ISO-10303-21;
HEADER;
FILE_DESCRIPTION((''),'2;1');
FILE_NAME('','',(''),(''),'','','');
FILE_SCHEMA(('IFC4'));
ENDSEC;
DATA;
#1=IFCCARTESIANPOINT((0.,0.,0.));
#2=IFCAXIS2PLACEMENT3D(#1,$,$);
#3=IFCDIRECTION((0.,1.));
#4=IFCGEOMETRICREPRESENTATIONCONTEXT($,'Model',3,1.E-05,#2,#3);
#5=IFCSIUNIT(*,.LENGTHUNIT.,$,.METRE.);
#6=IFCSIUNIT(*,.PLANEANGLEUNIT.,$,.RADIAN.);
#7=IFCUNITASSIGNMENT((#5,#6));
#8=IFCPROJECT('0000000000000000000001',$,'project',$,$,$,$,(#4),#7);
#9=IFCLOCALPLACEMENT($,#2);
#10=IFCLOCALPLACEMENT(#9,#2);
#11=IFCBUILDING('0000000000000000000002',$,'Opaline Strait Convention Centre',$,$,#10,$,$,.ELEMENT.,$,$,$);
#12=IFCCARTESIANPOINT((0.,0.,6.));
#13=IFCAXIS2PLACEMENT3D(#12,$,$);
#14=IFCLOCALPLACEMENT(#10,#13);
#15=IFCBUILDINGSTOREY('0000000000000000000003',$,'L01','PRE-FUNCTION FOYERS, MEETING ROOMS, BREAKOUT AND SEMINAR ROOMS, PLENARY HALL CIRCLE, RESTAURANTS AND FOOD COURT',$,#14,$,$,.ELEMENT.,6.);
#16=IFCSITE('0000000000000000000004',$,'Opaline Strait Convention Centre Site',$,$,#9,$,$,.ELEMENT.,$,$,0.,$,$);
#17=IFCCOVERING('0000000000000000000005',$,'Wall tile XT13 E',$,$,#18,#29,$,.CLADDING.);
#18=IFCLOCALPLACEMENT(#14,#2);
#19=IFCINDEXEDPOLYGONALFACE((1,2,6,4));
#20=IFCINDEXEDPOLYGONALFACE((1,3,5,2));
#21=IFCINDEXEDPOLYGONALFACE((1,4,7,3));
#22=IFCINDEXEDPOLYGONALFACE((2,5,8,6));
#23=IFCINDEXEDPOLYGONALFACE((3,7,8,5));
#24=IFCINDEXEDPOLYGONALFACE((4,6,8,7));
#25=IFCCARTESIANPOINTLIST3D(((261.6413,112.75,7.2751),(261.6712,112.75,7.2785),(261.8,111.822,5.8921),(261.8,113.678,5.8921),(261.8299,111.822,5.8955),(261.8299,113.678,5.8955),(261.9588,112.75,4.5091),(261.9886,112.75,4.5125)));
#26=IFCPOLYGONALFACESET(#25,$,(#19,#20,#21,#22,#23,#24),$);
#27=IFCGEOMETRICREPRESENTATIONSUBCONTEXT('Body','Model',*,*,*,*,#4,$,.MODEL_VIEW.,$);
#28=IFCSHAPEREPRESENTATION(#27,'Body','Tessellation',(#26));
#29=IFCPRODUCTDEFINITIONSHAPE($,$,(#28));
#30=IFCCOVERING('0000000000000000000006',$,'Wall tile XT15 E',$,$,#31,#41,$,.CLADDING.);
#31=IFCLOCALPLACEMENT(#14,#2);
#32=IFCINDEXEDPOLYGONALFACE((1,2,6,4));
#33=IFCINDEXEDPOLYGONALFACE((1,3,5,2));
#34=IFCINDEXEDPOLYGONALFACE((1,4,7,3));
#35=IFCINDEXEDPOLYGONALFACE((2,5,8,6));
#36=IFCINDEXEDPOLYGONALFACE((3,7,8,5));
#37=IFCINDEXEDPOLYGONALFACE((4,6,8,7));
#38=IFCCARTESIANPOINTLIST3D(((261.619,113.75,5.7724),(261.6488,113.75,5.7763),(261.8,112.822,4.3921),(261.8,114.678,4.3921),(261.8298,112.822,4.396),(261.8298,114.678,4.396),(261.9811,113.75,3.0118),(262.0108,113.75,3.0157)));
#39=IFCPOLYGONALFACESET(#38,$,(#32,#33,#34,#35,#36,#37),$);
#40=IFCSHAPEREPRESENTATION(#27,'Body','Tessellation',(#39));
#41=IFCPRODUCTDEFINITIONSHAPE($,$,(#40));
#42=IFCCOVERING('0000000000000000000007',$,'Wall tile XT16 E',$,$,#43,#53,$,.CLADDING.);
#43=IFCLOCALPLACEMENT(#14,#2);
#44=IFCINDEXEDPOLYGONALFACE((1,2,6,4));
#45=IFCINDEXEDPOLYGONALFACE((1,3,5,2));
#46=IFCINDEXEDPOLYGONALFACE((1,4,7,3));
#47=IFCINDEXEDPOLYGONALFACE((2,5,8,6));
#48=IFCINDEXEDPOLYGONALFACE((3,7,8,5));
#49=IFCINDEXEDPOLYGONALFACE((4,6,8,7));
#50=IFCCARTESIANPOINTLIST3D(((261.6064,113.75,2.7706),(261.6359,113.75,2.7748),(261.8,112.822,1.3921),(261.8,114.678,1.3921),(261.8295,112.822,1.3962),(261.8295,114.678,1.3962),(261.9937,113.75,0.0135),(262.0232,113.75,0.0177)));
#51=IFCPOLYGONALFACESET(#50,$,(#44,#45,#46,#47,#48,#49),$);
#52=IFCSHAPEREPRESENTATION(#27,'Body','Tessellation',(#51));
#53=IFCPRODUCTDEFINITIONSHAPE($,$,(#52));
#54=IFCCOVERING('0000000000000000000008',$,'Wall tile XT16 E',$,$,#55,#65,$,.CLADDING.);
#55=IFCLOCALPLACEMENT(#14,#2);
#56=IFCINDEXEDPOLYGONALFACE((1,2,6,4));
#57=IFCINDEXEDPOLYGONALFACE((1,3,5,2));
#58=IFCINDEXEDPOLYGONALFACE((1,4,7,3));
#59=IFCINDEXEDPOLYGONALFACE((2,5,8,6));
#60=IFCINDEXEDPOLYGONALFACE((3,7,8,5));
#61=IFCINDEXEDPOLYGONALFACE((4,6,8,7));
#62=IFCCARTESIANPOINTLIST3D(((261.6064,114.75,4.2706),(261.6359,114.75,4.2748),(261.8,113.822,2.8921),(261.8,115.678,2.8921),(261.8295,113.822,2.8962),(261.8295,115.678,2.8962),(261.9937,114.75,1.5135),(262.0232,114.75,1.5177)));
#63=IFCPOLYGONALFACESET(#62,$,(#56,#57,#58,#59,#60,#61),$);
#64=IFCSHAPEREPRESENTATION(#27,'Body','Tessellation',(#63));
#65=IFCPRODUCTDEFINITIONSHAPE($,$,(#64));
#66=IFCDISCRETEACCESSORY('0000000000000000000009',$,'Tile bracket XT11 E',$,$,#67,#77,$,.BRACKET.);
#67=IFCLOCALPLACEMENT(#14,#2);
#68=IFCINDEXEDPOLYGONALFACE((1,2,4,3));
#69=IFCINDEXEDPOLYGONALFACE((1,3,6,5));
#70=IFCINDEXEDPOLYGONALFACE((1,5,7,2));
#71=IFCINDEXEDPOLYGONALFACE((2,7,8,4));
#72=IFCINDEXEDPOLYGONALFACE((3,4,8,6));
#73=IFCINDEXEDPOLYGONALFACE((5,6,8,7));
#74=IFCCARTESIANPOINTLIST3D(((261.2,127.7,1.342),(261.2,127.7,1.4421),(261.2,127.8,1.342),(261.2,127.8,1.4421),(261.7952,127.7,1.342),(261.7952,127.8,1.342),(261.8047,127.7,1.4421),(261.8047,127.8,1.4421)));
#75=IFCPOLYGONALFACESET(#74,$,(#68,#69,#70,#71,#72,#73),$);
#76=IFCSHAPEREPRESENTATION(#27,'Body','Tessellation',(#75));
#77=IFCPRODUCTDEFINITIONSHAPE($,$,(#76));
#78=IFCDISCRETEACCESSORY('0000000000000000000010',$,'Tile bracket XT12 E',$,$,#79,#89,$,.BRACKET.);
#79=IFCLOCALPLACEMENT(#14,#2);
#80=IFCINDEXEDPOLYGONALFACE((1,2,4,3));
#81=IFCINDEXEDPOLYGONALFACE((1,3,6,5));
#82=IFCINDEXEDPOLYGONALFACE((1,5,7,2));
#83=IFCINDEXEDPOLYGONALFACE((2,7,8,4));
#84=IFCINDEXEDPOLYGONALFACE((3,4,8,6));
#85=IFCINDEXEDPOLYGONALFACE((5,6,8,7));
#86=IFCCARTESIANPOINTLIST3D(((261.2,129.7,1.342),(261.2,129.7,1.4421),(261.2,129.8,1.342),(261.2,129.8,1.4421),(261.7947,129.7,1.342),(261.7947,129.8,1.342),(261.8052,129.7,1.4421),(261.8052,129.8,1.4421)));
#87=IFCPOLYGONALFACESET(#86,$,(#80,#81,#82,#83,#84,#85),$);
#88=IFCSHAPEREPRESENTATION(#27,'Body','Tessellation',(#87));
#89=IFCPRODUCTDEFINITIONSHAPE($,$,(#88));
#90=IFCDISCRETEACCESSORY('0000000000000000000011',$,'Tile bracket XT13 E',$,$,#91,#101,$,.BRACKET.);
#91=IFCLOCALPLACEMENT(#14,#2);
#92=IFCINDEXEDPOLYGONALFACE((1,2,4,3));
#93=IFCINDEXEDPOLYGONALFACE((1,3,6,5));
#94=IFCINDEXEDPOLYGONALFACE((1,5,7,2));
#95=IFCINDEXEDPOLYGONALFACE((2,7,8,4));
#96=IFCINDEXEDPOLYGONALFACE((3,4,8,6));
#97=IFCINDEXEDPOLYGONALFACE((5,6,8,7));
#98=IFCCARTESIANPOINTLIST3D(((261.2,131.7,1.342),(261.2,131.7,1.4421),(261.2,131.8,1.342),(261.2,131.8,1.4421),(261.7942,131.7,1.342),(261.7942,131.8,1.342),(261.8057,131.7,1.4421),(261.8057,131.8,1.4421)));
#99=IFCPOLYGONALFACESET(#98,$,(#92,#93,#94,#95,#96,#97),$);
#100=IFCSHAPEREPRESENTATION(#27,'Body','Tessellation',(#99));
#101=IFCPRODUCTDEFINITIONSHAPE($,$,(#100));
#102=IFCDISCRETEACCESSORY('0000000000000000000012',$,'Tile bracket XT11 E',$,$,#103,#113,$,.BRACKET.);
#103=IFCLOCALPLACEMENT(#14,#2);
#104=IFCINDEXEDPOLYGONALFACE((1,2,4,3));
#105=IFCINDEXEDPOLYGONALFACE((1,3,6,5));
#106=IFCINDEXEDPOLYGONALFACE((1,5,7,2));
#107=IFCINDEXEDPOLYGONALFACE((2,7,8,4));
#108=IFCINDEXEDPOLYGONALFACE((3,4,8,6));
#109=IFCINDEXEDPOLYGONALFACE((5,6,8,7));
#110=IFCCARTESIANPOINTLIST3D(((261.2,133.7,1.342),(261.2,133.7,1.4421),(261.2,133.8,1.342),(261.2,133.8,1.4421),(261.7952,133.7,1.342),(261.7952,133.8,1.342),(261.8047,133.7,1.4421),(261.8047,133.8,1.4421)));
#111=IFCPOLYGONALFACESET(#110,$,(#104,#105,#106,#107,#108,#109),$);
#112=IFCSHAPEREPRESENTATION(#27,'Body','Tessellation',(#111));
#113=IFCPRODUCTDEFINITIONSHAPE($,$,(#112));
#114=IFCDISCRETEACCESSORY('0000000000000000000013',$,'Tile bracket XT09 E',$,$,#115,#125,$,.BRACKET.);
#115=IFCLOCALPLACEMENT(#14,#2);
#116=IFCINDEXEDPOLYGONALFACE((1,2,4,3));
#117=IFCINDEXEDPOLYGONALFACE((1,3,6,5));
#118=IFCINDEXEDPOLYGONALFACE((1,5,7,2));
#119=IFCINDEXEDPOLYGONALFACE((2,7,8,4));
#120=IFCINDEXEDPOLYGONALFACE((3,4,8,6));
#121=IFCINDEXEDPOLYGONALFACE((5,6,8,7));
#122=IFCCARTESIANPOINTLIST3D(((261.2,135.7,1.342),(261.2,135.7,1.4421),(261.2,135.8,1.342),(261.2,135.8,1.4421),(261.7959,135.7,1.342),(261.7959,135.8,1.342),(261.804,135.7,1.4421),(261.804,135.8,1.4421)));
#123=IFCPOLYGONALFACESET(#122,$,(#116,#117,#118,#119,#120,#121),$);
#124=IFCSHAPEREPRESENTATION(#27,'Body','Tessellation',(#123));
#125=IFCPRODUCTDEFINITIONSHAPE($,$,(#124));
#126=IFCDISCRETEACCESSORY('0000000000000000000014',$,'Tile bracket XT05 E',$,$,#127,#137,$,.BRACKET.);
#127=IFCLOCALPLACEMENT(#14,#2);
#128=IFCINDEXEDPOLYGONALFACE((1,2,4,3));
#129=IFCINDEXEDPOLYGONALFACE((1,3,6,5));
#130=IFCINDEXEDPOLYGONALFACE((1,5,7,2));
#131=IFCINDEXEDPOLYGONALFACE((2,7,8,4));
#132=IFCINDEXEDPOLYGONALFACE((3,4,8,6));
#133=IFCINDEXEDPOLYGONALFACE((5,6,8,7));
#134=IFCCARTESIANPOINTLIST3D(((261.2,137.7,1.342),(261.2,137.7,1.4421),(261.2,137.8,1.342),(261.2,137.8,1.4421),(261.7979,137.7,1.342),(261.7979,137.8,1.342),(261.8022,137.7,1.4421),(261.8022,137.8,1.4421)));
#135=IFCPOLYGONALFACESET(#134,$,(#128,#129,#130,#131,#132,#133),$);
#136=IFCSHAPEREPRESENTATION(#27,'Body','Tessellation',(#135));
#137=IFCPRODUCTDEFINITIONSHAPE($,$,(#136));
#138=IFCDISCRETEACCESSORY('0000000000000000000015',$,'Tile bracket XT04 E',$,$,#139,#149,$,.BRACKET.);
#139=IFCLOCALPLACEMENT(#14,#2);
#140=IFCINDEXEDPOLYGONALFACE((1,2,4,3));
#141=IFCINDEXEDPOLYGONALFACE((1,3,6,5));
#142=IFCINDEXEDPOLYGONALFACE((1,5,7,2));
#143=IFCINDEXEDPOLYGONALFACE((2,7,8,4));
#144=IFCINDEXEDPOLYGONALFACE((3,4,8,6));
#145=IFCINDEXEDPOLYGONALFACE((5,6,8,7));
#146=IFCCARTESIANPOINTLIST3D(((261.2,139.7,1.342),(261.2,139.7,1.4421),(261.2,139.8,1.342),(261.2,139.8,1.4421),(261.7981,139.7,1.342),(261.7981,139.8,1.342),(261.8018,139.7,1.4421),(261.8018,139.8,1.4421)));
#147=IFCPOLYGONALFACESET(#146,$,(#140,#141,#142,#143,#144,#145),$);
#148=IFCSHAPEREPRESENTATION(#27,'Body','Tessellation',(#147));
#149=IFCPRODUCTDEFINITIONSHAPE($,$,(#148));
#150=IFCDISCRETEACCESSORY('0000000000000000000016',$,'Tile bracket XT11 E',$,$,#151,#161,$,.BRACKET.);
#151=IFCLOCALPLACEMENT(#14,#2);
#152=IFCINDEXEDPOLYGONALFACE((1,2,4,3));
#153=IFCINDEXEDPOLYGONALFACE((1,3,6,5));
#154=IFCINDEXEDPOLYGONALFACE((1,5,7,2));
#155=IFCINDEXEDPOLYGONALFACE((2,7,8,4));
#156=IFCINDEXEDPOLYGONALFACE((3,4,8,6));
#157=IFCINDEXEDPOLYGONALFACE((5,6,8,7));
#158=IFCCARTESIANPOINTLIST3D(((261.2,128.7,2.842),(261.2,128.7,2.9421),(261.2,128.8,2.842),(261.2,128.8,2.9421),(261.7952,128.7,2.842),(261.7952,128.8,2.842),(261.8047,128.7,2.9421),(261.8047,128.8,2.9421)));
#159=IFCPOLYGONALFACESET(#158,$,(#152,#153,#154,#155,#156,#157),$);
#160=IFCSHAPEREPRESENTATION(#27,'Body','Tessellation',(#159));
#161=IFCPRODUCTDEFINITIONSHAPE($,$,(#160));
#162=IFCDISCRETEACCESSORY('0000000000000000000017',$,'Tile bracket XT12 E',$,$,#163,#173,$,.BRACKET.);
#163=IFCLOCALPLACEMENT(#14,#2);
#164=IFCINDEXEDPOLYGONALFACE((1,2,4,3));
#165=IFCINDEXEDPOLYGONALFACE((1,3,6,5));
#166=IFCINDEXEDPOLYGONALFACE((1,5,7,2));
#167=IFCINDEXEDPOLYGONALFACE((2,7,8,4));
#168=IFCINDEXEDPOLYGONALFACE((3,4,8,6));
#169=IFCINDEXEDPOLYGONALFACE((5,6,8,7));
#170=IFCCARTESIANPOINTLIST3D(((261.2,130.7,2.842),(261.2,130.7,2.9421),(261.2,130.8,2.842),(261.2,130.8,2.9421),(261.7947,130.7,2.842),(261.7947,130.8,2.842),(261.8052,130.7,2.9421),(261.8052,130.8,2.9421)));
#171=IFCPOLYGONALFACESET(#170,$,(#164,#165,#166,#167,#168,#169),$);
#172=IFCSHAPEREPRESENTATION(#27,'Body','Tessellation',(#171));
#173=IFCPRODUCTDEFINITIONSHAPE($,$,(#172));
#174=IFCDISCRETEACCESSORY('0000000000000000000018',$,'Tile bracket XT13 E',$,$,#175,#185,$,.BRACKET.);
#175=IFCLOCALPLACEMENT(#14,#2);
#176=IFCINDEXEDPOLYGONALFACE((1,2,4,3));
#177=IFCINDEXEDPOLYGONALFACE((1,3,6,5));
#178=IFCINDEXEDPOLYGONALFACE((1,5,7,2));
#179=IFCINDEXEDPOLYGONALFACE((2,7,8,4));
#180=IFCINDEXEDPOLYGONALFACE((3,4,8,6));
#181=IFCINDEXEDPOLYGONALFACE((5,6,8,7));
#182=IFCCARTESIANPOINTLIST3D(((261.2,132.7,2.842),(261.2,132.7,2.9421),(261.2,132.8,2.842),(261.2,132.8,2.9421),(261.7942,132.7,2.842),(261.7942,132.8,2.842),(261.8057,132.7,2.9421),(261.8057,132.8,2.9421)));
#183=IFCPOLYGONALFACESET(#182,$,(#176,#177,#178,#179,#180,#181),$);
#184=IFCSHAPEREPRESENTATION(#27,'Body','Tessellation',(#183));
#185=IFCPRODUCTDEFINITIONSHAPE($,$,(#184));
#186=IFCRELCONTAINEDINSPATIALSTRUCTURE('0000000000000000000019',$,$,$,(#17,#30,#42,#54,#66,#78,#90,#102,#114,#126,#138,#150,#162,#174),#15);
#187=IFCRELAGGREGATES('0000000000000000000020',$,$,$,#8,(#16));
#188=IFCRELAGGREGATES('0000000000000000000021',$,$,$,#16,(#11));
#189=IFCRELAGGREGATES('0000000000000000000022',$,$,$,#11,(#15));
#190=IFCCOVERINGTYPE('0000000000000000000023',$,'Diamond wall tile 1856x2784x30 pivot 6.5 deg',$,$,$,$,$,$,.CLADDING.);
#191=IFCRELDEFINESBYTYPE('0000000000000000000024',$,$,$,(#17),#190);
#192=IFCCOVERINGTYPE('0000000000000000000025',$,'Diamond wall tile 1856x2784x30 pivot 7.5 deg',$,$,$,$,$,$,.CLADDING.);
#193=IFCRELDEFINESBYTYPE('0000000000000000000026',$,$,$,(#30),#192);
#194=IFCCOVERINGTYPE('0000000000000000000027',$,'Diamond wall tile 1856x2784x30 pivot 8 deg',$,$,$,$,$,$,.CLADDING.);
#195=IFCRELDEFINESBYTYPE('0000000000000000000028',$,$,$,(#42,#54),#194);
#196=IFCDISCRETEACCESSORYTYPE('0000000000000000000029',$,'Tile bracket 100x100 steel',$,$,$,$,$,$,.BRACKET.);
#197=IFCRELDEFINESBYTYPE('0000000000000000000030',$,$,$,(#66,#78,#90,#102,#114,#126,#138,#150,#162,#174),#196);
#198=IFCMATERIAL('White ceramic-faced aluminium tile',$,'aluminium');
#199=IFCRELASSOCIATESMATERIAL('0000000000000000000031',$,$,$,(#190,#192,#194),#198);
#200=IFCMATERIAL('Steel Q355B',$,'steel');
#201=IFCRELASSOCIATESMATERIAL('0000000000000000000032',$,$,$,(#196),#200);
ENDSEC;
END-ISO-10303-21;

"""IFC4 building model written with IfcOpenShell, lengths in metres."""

from ifc_helpers import new_model, si_unit, direction, frame, origin, place, context, subcontext, project, spatial, polyline, outline, extrude, material, material_profile, profile_set, type_object, element, save


model = new_model("IFC4")

# Units and contexts
model_context = context("Model", 3, precision=1e-05, world=origin(), true_north=direction((0.0, 1.0)))
body_context = subcontext(model_context, "Body", "Model", "MODEL_VIEW")
ifc_project = project(units=[si_unit("LENGTHUNIT", "METRE"), si_unit("PLANEANGLEUNIT", "RADIAN")], contexts=[model_context])

# Site, building, storey
site_placement = place(None, origin())
site = spatial("IfcSite", under=ifc_project, at=site_placement, Name="Opaline Strait Convention Centre Site", CompositionType="ELEMENT", RefElevation=0.0)
building_placement = place(site_placement, origin())
building = spatial("IfcBuilding", under=site, at=building_placement, Name="Opaline Strait Convention Centre", CompositionType="ELEMENT")
storey_placement = place(building_placement, frame((0.0, 0.0, 6.0)))
storey = spatial("IfcBuildingStorey", under=building, at=storey_placement, Name="L01", Description="PRE-FUNCTION FOYERS, MEETING ROOMS, BREAKOUT AND SEMINAR ROOMS, PLENARY HALL CIRCLE, RESTAURANTS AND FOOD COURT", CompositionType="ELEMENT", Elevation=6.0)

# Coverings
ifc_material_1 = material(Name="White ceramic-faced aluminium tile", Category="aluminium")
ifc_material_profile_1 = material_profile(ifc_material_1, outline(polyline([(0.928, 0.0), (0.0, 1.3921), (-0.928, 0.0), (0.0, -1.3921), (0.928, 0.0)])), Name="Diamond tile 1856x2784")
ifc_profile_set_1 = profile_set([ifc_material_profile_1], Name="White ceramic-faced aluminium tile")
covering_type_1 = type_object("IfcCoveringType", Name="Diamond wall tile 1856x2784x30 pivot 6.5 deg", PredefinedType="CLADDING", material=ifc_profile_set_1)
covering_1_placement = place(storey_placement, frame((261.8, 112.75, 5.8921), z_axis=(0.99348, 0.0, 0.114006), x_axis=(0.0, 1.0, 0.0)))
element("IfcCovering", 1, at=covering_1_placement, inside=storey, type_object=covering_type_1, Name="Wall tile XT13 E", PredefinedType="CLADDING", context=body_context, shape_type="SweptSolid", body=[
    extrude(outline(polyline([(0.928, 0.0), (0.0, 1.3921), (-0.928, 0.0), (0.0, -1.3921), (0.928, 0.0)])), origin(), (0.0, 0.0, 1.0), 0.03),
])
ifc_material_profile_2 = material_profile(ifc_material_1, outline(polyline([(0.928, 0.0), (0.0, 1.3921), (-0.928, 0.0), (0.0, -1.3921), (0.928, 0.0)])), Name="Diamond tile 1856x2784")
ifc_profile_set_2 = profile_set([ifc_material_profile_2], Name="White ceramic-faced aluminium tile")
covering_type_2 = type_object("IfcCoveringType", Name="Diamond wall tile 1856x2784x30 pivot 7.5 deg", PredefinedType="CLADDING", material=ifc_profile_set_2)
covering_2_placement = place(storey_placement, frame((261.8, 113.75, 4.3921), z_axis=(0.99151, 0.0, 0.130034), x_axis=(0.0, 1.0, 0.0)))
element("IfcCovering", 2, at=covering_2_placement, inside=storey, type_object=covering_type_2, Name="Wall tile XT15 E", PredefinedType="CLADDING", context=body_context, shape_type="SweptSolid", body=[
    extrude(outline(polyline([(0.928, 0.0), (0.0, 1.3921), (-0.928, 0.0), (0.0, -1.3921), (0.928, 0.0)])), origin(), (0.0, 0.0, 1.0), 0.03),
])
ifc_material_profile_3 = material_profile(ifc_material_1, outline(polyline([(0.928, 0.0), (0.0, 1.3921), (-0.928, 0.0), (0.0, -1.3921), (0.928, 0.0)])), Name="Diamond tile 1856x2784")
ifc_profile_set_3 = profile_set([ifc_material_profile_3], Name="White ceramic-faced aluminium tile")
covering_type_3 = type_object("IfcCoveringType", Name="Diamond wall tile 1856x2784x30 pivot 8 deg", PredefinedType="CLADDING", material=ifc_profile_set_3)
for number, where, z_axis, x_axis, name in (
    (3, (261.8, 113.75, 1.3921), (0.990274, 0.0, 0.139129), (0.0, 1.0, 0.0), "Wall tile XT16 E"),
    (4, (261.8, 114.75, 2.8921), (0.990274, 0.0, 0.139129), (0.0, 1.0, 0.0), "Wall tile XT16 E"),
):
    element("IfcCovering", number, at=place(storey_placement, frame(where, z_axis=z_axis, x_axis=x_axis)), inside=storey, type_object=covering_type_3, Name=name, PredefinedType="CLADDING", context=body_context, shape_type="SweptSolid", body=[
        extrude(outline(polyline([(0.928, 0.0), (0.0, 1.3921), (-0.928, 0.0), (0.0, -1.3921), (0.928, 0.0)])), origin(), (0.0, 0.0, 1.0), 0.0298),
    ])

# Discrete accessories
ifc_material_2 = material(Name="Steel Q355B", Category="steel")
discrete_accessory_type = type_object("IfcDiscreteAccessoryType", Name="Tile bracket 100x100 steel", PredefinedType="BRACKET", material=ifc_material_2)
discrete_accessory_1_placement = place(storey_placement, frame((261.2, 127.7, 1.3921), z_axis=(0.0, 1.0, 0.0), x_axis=(-1.0, 0.0, 0.0)))
element("IfcDiscreteAccessory", 5, at=discrete_accessory_1_placement, inside=storey, type_object=discrete_accessory_type, Name="Tile bracket XT11 E", PredefinedType="BRACKET", context=body_context, shape_type="SweptSolid", body=[
    extrude(outline(polyline([(0.0, -0.05), (0.0, 0.05), (-0.6047, 0.05), (-0.5952, -0.05), (0.0, -0.05)])), origin(), (0.0, 0.0, 1.0), 0.1001),
])
discrete_accessory_2_placement = place(storey_placement, frame((261.2, 129.7, 1.3921), z_axis=(0.0, 1.0, 0.0), x_axis=(-1.0, 0.0, 0.0)))
element("IfcDiscreteAccessory", 6, at=discrete_accessory_2_placement, inside=storey, type_object=discrete_accessory_type, Name="Tile bracket XT12 E", PredefinedType="BRACKET", context=body_context, shape_type="SweptSolid", body=[
    extrude(outline(polyline([(0.0, -0.05), (0.0, 0.05), (-0.6052, 0.05), (-0.5947, -0.05), (0.0, -0.05)])), origin(), (0.0, 0.0, 1.0), 0.1001),
])
discrete_accessory_3_placement = place(storey_placement, frame((261.2, 131.7, 1.3921), z_axis=(0.0, 1.0, 0.0), x_axis=(-1.0, 0.0, 0.0)))
element("IfcDiscreteAccessory", 7, at=discrete_accessory_3_placement, inside=storey, type_object=discrete_accessory_type, Name="Tile bracket XT13 E", PredefinedType="BRACKET", context=body_context, shape_type="SweptSolid", body=[
    extrude(outline(polyline([(0.0, -0.05), (0.0, 0.05), (-0.6057, 0.05), (-0.5942, -0.05), (0.0, -0.05)])), origin(), (0.0, 0.0, 1.0), 0.1001),
])
discrete_accessory_4_placement = place(storey_placement, frame((261.2, 133.7, 1.3921), z_axis=(0.0, 1.0, 0.0), x_axis=(-1.0, 0.0, 0.0)))
element("IfcDiscreteAccessory", 8, at=discrete_accessory_4_placement, inside=storey, type_object=discrete_accessory_type, Name="Tile bracket XT11 E", PredefinedType="BRACKET", context=body_context, shape_type="SweptSolid", body=[
    extrude(outline(polyline([(0.0, -0.05), (0.0, 0.05), (-0.6047, 0.05), (-0.5952, -0.05), (0.0, -0.05)])), origin(), (0.0, 0.0, 1.0), 0.1001),
])
discrete_accessory_5_placement = place(storey_placement, frame((261.2, 135.7, 1.3921), z_axis=(0.0, 1.0, 0.0), x_axis=(-1.0, 0.0, 0.0)))
element("IfcDiscreteAccessory", 9, at=discrete_accessory_5_placement, inside=storey, type_object=discrete_accessory_type, Name="Tile bracket XT09 E", PredefinedType="BRACKET", context=body_context, shape_type="SweptSolid", body=[
    extrude(outline(polyline([(0.0, -0.05), (0.0, 0.05), (-0.604, 0.05), (-0.5959, -0.05), (0.0, -0.05)])), origin(), (0.0, 0.0, 1.0), 0.1001),
])
discrete_accessory_6_placement = place(storey_placement, frame((261.2, 137.7, 1.3921), z_axis=(0.0, 1.0, 0.0), x_axis=(-1.0, 0.0, 0.0)))
element("IfcDiscreteAccessory", 10, at=discrete_accessory_6_placement, inside=storey, type_object=discrete_accessory_type, Name="Tile bracket XT05 E", PredefinedType="BRACKET", context=body_context, shape_type="SweptSolid", body=[
    extrude(outline(polyline([(0.0, -0.05), (0.0, 0.05), (-0.6023, 0.05), (-0.5979, -0.05), (0.0, -0.05)])), origin(), (0.0, 0.0, 1.0), 0.1001),
])
discrete_accessory_7_placement = place(storey_placement, frame((261.2, 139.7, 1.3921), z_axis=(0.0, 1.0, 0.0), x_axis=(-1.0, 0.0, 0.0)))
element("IfcDiscreteAccessory", 11, at=discrete_accessory_7_placement, inside=storey, type_object=discrete_accessory_type, Name="Tile bracket XT04 E", PredefinedType="BRACKET", context=body_context, shape_type="SweptSolid", body=[
    extrude(outline(polyline([(0.0, -0.05), (0.0, 0.05), (-0.6018, 0.05), (-0.5981, -0.05), (0.0, -0.05)])), origin(), (0.0, 0.0, 1.0), 0.1001),
])
discrete_accessory_8_placement = place(storey_placement, frame((261.2, 128.7, 2.8921), z_axis=(0.0, 1.0, 0.0), x_axis=(-1.0, 0.0, 0.0)))
element("IfcDiscreteAccessory", 12, at=discrete_accessory_8_placement, inside=storey, type_object=discrete_accessory_type, Name="Tile bracket XT11 E", PredefinedType="BRACKET", context=body_context, shape_type="SweptSolid", body=[
    extrude(outline(polyline([(0.0, -0.05), (0.0, 0.05), (-0.6047, 0.05), (-0.5952, -0.05), (0.0, -0.05)])), origin(), (0.0, 0.0, 1.0), 0.1001),
])
discrete_accessory_9_placement = place(storey_placement, frame((261.2, 130.7, 2.8921), z_axis=(0.0, 1.0, 0.0), x_axis=(-1.0, 0.0, 0.0)))
element("IfcDiscreteAccessory", 13, at=discrete_accessory_9_placement, inside=storey, type_object=discrete_accessory_type, Name="Tile bracket XT12 E", PredefinedType="BRACKET", context=body_context, shape_type="SweptSolid", body=[
    extrude(outline(polyline([(0.0, -0.05), (0.0, 0.05), (-0.6052, 0.05), (-0.5947, -0.05), (0.0, -0.05)])), origin(), (0.0, 0.0, 1.0), 0.1001),
])
discrete_accessory_10_placement = place(storey_placement, frame((261.2, 132.7, 2.8921), z_axis=(0.0, 1.0, 0.0), x_axis=(-1.0, 0.0, 0.0)))
element("IfcDiscreteAccessory", 14, at=discrete_accessory_10_placement, inside=storey, type_object=discrete_accessory_type, Name="Tile bracket XT13 E", PredefinedType="BRACKET", context=body_context, shape_type="SweptSolid", body=[
    extrude(outline(polyline([(0.0, -0.05), (0.0, 0.05), (-0.6057, 0.05), (-0.5942, -0.05), (0.0, -0.05)])), origin(), (0.0, 0.0, 1.0), 0.1001),
])

save(model, "model.ifc")
